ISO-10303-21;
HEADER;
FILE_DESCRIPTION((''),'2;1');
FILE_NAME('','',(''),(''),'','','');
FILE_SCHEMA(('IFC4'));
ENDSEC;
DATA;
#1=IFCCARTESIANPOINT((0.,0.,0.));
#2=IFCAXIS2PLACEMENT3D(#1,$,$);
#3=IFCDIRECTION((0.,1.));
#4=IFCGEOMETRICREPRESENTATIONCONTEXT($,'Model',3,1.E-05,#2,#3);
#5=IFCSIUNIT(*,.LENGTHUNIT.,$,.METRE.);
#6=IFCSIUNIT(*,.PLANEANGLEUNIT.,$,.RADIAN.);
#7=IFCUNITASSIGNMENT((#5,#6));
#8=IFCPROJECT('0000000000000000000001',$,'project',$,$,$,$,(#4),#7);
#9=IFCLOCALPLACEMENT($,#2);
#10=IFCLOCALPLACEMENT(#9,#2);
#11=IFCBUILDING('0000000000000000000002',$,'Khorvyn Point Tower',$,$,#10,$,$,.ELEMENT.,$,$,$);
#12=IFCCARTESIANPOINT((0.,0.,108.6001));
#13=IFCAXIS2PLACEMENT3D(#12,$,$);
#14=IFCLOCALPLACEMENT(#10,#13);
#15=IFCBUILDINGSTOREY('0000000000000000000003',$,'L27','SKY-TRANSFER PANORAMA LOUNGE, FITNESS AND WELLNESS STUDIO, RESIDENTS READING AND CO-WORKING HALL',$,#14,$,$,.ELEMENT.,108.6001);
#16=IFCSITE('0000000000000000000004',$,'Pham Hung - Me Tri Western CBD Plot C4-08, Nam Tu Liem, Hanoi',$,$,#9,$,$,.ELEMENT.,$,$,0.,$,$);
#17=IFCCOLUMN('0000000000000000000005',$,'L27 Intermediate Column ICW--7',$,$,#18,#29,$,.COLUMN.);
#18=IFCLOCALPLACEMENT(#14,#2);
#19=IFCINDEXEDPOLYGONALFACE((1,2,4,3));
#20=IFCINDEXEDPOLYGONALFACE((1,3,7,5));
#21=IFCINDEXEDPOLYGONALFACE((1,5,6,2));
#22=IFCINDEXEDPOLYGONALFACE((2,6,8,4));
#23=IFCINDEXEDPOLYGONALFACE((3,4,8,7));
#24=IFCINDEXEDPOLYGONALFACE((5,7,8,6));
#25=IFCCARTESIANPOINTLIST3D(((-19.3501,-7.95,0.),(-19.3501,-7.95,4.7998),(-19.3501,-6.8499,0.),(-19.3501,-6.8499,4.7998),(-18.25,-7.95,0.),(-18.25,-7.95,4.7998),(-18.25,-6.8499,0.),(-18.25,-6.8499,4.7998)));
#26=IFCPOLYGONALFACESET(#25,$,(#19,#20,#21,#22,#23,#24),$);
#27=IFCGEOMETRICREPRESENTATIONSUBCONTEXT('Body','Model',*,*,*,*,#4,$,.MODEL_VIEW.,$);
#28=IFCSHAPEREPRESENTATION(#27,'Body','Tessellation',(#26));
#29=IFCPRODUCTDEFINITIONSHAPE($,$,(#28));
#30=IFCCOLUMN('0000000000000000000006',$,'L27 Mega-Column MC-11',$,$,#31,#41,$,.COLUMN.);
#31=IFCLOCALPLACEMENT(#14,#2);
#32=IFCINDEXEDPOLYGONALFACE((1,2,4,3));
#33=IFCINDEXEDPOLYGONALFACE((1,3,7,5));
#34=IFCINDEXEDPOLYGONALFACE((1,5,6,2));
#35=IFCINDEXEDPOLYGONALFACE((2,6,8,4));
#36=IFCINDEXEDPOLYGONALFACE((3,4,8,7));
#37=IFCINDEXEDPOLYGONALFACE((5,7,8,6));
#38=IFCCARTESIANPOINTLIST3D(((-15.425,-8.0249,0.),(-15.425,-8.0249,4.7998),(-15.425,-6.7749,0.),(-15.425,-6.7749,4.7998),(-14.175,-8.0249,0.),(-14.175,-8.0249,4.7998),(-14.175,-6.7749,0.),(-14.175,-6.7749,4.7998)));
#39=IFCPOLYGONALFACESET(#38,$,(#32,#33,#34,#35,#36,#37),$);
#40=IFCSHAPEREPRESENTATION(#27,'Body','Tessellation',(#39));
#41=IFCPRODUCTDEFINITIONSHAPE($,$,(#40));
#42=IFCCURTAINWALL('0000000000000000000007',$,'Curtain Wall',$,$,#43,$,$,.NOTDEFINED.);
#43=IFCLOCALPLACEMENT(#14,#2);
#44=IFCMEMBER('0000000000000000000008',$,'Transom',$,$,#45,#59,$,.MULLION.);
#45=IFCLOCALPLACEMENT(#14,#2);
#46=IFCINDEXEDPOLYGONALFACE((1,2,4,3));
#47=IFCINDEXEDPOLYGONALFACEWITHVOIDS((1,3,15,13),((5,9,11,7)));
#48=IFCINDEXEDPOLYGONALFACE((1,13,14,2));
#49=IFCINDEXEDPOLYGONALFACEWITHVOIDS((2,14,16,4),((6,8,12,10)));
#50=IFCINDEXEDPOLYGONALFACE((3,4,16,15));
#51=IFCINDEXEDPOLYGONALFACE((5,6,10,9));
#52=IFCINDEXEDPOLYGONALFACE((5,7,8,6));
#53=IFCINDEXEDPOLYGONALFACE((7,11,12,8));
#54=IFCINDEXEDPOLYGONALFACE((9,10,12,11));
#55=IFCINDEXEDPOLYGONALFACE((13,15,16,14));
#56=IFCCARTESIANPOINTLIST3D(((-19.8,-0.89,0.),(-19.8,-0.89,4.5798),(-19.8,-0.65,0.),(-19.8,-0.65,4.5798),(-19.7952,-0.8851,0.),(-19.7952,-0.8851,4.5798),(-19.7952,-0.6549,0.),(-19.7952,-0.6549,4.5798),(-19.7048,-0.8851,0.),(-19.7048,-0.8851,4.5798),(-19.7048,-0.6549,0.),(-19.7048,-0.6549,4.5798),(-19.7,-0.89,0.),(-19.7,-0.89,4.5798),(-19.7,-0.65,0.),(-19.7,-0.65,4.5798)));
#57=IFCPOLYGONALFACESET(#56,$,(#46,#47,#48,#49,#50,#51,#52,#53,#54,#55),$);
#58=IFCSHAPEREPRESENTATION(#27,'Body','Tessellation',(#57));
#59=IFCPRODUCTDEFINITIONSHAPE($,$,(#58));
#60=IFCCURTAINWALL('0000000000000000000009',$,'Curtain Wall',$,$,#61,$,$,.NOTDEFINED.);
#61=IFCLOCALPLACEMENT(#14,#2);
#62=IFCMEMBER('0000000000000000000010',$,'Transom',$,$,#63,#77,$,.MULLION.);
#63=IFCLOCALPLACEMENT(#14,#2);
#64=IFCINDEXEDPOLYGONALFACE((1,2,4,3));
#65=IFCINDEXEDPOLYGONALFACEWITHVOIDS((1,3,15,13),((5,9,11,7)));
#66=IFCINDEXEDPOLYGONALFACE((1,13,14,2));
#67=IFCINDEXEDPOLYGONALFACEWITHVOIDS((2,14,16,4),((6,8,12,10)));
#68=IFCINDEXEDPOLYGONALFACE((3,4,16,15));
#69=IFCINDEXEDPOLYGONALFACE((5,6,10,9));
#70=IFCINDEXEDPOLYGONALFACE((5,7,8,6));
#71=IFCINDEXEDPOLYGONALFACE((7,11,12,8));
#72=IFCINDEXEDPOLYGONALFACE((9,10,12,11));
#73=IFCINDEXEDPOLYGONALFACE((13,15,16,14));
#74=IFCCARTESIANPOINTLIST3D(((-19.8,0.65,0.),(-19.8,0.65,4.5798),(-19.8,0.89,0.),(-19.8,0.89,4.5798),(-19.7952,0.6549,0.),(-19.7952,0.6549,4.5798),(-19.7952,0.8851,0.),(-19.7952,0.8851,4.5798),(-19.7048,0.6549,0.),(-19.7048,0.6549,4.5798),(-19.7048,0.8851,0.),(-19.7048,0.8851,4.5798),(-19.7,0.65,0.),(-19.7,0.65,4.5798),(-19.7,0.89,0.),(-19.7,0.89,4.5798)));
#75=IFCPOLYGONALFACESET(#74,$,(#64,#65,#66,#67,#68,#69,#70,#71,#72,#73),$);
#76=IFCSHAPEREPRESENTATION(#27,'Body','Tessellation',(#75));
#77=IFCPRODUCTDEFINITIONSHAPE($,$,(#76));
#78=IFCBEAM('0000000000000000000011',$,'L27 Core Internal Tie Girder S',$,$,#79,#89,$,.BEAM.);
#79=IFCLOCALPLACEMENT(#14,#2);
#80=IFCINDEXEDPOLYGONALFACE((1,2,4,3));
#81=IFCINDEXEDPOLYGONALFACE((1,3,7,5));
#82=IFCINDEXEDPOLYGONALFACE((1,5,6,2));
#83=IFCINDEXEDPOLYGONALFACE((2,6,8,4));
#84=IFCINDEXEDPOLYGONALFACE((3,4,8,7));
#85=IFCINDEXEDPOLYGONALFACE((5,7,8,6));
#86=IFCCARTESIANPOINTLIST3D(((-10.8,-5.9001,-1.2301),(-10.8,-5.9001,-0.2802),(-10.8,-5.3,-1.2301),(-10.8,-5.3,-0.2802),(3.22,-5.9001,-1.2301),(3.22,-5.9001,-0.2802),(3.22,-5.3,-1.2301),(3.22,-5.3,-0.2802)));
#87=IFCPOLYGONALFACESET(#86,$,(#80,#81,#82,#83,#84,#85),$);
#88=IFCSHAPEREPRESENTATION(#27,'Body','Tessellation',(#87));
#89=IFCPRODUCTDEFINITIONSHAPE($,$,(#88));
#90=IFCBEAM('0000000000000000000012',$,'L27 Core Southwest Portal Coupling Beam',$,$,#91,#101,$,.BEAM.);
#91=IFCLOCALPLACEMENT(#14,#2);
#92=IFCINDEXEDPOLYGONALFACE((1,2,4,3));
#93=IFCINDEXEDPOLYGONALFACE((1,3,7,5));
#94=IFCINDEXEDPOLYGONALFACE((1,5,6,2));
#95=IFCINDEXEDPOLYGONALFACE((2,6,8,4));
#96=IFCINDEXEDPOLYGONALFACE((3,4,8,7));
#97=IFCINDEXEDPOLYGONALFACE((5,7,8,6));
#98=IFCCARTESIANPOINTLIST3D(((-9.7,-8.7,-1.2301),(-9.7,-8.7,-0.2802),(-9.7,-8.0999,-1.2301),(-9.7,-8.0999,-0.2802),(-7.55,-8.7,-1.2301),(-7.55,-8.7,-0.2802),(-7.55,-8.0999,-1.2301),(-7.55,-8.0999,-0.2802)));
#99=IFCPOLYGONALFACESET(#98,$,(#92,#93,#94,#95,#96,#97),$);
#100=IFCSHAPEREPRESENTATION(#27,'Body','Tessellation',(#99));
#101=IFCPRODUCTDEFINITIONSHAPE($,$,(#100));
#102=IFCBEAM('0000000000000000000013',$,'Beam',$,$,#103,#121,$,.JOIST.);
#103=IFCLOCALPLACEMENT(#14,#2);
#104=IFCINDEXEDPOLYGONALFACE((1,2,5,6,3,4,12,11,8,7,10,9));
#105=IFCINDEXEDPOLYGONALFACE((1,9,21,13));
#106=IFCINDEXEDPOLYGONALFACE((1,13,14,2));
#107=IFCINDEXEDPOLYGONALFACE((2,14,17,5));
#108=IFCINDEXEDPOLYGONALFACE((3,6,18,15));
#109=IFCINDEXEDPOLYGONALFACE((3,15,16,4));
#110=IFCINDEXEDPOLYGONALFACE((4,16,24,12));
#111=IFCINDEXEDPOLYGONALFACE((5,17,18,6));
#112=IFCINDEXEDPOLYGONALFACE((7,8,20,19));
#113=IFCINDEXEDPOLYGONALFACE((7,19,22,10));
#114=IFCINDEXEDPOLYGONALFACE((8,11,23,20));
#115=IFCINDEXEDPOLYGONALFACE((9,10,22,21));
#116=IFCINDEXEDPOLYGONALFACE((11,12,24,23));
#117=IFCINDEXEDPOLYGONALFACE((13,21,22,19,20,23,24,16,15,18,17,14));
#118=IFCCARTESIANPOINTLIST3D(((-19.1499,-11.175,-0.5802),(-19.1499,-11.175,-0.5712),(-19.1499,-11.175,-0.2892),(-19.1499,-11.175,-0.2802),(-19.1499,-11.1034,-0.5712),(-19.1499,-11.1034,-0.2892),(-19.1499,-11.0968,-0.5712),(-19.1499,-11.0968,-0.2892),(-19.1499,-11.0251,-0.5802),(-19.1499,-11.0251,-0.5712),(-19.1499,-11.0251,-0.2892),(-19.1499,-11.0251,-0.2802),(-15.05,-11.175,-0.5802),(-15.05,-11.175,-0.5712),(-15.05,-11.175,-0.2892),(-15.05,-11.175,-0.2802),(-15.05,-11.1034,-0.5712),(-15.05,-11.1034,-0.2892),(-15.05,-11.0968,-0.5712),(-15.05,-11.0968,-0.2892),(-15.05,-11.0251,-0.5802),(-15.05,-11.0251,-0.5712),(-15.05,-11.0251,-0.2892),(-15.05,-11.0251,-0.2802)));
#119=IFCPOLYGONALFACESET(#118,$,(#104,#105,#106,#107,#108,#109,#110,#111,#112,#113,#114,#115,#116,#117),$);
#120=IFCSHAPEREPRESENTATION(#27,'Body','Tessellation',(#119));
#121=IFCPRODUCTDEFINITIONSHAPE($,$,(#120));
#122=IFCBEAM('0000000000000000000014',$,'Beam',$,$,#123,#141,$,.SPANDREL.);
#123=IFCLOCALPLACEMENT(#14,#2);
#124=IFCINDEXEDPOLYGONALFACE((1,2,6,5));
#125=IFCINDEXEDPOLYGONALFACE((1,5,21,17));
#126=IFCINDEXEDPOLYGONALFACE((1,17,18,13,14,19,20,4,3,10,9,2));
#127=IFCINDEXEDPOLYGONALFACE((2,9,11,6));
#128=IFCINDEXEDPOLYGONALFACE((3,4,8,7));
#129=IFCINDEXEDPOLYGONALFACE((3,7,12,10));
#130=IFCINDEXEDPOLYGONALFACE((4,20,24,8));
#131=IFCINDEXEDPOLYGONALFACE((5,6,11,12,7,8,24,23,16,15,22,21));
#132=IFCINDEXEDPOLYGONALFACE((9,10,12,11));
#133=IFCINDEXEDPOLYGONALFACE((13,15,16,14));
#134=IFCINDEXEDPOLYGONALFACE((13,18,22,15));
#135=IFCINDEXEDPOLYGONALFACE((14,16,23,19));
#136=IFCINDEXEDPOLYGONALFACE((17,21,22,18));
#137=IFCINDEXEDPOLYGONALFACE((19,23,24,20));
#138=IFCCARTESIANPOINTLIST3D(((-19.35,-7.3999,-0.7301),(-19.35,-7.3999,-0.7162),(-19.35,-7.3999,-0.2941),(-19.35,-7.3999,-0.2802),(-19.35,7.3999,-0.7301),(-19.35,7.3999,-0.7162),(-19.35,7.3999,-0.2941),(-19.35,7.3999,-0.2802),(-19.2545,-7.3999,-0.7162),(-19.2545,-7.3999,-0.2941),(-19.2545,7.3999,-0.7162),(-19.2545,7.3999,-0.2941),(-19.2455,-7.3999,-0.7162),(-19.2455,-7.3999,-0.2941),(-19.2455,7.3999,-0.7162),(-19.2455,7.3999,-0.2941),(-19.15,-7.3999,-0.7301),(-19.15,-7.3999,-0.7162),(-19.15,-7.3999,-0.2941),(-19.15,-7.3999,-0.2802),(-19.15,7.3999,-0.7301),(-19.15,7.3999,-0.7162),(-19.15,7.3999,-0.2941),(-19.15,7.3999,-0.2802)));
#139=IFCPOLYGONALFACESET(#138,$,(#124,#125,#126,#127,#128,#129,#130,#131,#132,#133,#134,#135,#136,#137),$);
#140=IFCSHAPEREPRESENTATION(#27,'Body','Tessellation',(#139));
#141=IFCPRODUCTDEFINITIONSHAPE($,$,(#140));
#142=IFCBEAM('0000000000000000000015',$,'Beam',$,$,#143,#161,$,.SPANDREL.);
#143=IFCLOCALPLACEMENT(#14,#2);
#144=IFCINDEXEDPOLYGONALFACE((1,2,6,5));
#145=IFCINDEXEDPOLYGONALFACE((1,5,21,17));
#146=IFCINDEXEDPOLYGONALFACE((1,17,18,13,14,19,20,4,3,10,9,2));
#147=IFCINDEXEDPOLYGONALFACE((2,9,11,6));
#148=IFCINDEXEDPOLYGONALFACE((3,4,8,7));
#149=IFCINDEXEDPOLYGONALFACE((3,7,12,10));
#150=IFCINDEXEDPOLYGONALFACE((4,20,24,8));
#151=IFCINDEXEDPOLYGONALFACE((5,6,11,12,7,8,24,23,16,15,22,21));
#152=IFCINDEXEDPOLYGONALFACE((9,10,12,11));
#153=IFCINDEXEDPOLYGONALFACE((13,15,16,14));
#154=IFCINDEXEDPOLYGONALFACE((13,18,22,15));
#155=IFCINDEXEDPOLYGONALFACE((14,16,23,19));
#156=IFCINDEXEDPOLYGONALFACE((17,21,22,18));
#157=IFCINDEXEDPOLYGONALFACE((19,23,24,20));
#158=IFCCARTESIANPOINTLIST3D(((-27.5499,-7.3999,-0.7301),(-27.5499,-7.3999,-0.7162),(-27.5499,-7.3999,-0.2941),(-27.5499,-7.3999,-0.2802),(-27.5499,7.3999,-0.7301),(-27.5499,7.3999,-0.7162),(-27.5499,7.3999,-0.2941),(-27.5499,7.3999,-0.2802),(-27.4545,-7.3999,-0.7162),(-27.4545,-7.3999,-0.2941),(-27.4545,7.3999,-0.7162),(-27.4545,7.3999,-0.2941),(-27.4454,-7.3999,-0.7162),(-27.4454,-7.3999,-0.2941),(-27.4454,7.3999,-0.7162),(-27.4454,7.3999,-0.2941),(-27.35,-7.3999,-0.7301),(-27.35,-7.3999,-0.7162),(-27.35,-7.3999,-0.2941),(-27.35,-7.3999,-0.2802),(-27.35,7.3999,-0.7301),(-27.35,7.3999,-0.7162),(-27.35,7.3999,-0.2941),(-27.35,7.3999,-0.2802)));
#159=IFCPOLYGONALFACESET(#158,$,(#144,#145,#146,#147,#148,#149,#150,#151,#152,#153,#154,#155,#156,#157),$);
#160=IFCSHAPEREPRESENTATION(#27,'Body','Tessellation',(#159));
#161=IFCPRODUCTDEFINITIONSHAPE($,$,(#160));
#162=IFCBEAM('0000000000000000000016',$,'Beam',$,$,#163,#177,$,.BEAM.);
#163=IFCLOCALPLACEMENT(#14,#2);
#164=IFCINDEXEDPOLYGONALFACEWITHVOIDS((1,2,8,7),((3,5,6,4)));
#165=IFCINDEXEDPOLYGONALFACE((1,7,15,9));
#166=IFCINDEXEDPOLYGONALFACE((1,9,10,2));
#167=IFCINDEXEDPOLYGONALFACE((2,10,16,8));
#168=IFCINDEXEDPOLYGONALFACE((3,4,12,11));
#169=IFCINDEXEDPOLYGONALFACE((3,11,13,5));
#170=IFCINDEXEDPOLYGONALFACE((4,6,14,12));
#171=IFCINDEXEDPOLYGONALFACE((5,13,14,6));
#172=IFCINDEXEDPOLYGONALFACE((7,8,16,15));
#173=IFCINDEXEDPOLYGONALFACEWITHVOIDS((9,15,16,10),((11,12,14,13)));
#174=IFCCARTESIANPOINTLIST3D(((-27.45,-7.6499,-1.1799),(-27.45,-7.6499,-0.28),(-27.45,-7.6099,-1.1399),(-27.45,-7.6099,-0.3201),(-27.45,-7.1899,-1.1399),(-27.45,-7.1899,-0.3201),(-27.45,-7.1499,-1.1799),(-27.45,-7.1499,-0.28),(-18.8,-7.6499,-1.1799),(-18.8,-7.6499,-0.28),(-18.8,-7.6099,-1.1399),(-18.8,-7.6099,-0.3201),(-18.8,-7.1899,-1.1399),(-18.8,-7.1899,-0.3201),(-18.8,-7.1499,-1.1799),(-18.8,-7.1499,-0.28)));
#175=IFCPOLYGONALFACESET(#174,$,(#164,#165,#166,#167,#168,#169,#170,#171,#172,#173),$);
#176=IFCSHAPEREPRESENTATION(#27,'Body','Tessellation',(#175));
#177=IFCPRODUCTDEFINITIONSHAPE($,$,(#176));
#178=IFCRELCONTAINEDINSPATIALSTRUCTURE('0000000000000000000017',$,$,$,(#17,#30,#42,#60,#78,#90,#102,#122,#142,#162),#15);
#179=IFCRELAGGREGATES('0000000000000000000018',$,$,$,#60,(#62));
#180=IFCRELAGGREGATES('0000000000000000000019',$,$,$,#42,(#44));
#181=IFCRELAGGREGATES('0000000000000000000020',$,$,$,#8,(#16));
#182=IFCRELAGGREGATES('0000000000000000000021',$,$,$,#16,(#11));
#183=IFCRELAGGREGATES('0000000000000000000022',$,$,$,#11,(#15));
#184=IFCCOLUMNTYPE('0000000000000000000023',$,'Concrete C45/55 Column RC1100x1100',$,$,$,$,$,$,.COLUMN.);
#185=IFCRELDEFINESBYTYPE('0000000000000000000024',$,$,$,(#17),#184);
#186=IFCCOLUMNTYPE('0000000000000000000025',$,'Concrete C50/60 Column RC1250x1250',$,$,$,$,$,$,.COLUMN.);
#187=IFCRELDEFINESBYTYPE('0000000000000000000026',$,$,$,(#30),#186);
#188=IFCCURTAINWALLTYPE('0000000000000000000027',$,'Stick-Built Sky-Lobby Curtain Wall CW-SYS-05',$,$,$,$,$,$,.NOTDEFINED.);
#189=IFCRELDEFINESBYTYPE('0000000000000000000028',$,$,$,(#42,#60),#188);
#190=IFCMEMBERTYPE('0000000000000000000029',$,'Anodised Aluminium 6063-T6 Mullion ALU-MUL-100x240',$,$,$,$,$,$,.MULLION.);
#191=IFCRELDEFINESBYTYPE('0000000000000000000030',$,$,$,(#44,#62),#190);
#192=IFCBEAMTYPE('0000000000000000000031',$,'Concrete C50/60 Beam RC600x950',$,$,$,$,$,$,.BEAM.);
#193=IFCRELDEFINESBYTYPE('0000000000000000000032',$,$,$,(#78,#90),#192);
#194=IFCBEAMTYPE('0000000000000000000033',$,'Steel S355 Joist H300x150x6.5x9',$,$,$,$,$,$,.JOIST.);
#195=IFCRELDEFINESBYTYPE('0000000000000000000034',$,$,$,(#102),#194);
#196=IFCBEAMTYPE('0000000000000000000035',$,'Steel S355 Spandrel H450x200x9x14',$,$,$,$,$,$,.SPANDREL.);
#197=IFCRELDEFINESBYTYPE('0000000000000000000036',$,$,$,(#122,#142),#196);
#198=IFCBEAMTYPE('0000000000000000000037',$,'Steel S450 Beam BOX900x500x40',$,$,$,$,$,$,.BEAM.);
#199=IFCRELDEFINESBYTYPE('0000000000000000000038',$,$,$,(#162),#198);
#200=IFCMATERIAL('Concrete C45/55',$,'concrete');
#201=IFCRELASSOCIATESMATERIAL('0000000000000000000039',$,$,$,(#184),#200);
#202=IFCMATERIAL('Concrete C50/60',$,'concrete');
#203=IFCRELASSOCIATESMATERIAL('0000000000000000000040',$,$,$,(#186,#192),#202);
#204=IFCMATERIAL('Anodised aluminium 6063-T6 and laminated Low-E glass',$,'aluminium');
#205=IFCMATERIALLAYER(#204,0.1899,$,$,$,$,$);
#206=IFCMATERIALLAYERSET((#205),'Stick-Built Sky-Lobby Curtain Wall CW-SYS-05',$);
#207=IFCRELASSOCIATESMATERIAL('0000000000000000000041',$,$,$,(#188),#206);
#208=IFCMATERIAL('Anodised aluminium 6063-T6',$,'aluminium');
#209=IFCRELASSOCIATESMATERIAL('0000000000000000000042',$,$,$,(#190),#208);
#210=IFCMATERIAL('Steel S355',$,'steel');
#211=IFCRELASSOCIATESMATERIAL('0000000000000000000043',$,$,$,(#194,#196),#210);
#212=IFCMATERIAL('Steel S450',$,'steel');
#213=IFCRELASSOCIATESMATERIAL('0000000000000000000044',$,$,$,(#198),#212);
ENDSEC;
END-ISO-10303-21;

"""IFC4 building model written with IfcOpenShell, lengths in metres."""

from ifc_helpers import new_model, si_unit, direction, frame, origin, origin_2d, place, context, subcontext, project, spatial, rectangle, hollow_rectangle, i_section, extrude, material, layer, layer_set, material_profile, profile_set, type_object, element, aggregate, save


model = new_model("IFC4")

# Units and contexts
model_context = context("Model", 3, precision=1e-05, world=origin(), true_north=direction((0.0, 1.0)))
body_context = subcontext(model_context, "Body", "Model", "MODEL_VIEW")
ifc_project = project(units=[si_unit("LENGTHUNIT", "METRE"), si_unit("PLANEANGLEUNIT", "RADIAN")], contexts=[model_context])

# Site, building, storey
site_placement = place(None, origin())
site = spatial("IfcSite", under=ifc_project, at=site_placement, Name="Pham Hung - Me Tri Western CBD Plot C4-08, Nam Tu Liem, Hanoi", CompositionType="ELEMENT", RefElevation=0.0)
building_placement = place(site_placement, origin())
building = spatial("IfcBuilding", under=site, at=building_placement, Name="Khorvyn Point Tower", CompositionType="ELEMENT")
storey_placement = place(building_placement, frame((0.0, 0.0, 108.6001)))
storey = spatial("IfcBuildingStorey", under=building, at=storey_placement, Name="L27", Description="SKY-TRANSFER PANORAMA LOUNGE, FITNESS AND WELLNESS STUDIO, RESIDENTS READING AND CO-WORKING HALL", CompositionType="ELEMENT", Elevation=108.6001)

# Columns
ifc_material_1 = material(Name="Concrete C45/55", Category="concrete")
ifc_material_profile_1 = material_profile(ifc_material_1, rectangle(XDim=1.1001, YDim=1.1001, at=origin_2d()))
ifc_profile_set_1 = profile_set([ifc_material_profile_1], Name="Concrete C45/55 RC1100x1100")
column_type_1 = type_object("IfcColumnType", Name="Concrete C45/55 Column RC1100x1100", PredefinedType="COLUMN", material=ifc_profile_set_1)
column_1_placement = place(storey_placement, frame((-18.8, -7.3999, 0.0), z_axis=(0.0, 0.0, 1.0), x_axis=(1.0, 0.0, 0.0)))
element("IfcColumn", 1, at=column_1_placement, inside=storey, type_object=column_type_1, Name="L27 Intermediate Column ICW--7", PredefinedType="COLUMN", context=body_context, shape_type="SweptSolid", body=[
    extrude(rectangle(XDim=1.1001, YDim=1.1001, at=origin_2d()), origin(), (0.0, 0.0, 1.0), 4.7998),
])
ifc_material_2 = material(Name="Concrete C50/60", Category="concrete")
ifc_material_profile_2 = material_profile(ifc_material_2, rectangle(XDim=1.25, YDim=1.25, at=origin_2d()))
ifc_profile_set_2 = profile_set([ifc_material_profile_2], Name="Concrete C50/60 RC1250x1250")
column_type_2 = type_object("IfcColumnType", Name="Concrete C50/60 Column RC1250x1250", PredefinedType="COLUMN", material=ifc_profile_set_2)
column_2_placement = place(storey_placement, frame((-14.8, -7.3999, 0.0), z_axis=(0.0, 0.0, 1.0), x_axis=(1.0, 0.0, 0.0)))
element("IfcColumn", 2, at=column_2_placement, inside=storey, type_object=column_type_2, Name="L27 Mega-Column MC-11", PredefinedType="COLUMN", context=body_context, shape_type="SweptSolid", body=[
    extrude(rectangle(XDim=1.25, YDim=1.25, at=origin_2d()), origin(), (0.0, 0.0, 1.0), 4.7998),
])

# Curtain walls, members
ifc_material_3 = material(Name="Anodised aluminium 6063-T6 and laminated Low-E glass", Category="aluminium")
ifc_layer_1 = layer(ifc_material_3, 0.1899)
ifc_layer_set_1 = layer_set([ifc_layer_1], Name="Stick-Built Sky-Lobby Curtain Wall CW-SYS-05")
curtain_wall_type = type_object("IfcCurtainWallType", Name="Stick-Built Sky-Lobby Curtain Wall CW-SYS-05", PredefinedType="NOTDEFINED", material=ifc_layer_set_1)
curtain_wall_1_placement = place(storey_placement, origin())
curtain_wall_1 = element("IfcCurtainWall", 3, at=curtain_wall_1_placement, inside=storey, type_object=curtain_wall_type, Name="Curtain Wall", PredefinedType="NOTDEFINED")
ifc_material_4 = material(Name="Anodised aluminium 6063-T6", Category="aluminium")
ifc_material_profile_3 = material_profile(ifc_material_4, hollow_rectangle(XDim=0.1001, YDim=0.24, WallThickness=0.0049, at=origin_2d()))
ifc_profile_set_3 = profile_set([ifc_material_profile_3], Name="Anodised aluminium 6063-T6 ALU-MUL-100x240")
member_type = type_object("IfcMemberType", Name="Anodised Aluminium 6063-T6 Mullion ALU-MUL-100x240", PredefinedType="MULLION", material=ifc_profile_set_3)
member_1_placement = place(storey_placement, frame((-19.75, -0.77, 0.0), z_axis=(0.0, 0.0, 1.0), x_axis=(-1.0, 0.0, 0.0)))
member_1 = element("IfcMember", 4, at=member_1_placement, type_object=member_type, Name="Transom", PredefinedType="MULLION", context=body_context, shape_type="SweptSolid", body=[
    extrude(hollow_rectangle(XDim=0.1001, YDim=0.24, WallThickness=0.0049, at=origin_2d()), origin(), (0.0, 0.0, 1.0), 4.5798),
])
curtain_wall_2_placement = place(storey_placement, origin())
curtain_wall_2 = element("IfcCurtainWall", 5, at=curtain_wall_2_placement, inside=storey, type_object=curtain_wall_type, Name="Curtain Wall", PredefinedType="NOTDEFINED")
member_2_placement = place(storey_placement, frame((-19.75, 0.77, 0.0), z_axis=(0.0, 0.0, 1.0), x_axis=(-1.0, 0.0, 0.0)))
member_2 = element("IfcMember", 6, at=member_2_placement, type_object=member_type, Name="Transom", PredefinedType="MULLION", context=body_context, shape_type="SweptSolid", body=[
    extrude(hollow_rectangle(XDim=0.1001, YDim=0.24, WallThickness=0.0049, at=origin_2d()), origin(), (0.0, 0.0, 1.0), 4.5798),
])
aggregate(curtain_wall_2, [member_2])

# Beams
ifc_material_profile_4 = material_profile(ifc_material_2, rectangle(XDim=0.6001, YDim=0.95, at=origin_2d()))
ifc_profile_set_4 = profile_set([ifc_material_profile_4], Name="Concrete C50/60 RC600x950")
beam_type_1 = type_object("IfcBeamType", Name="Concrete C50/60 Beam RC600x950", PredefinedType="BEAM", material=ifc_profile_set_4)
beam_1_placement = place(storey_placement, frame((-10.8, -5.6001, -0.7551), z_axis=(1.0, 0.0, 0.0), x_axis=(0.0, 1.0, 0.0)))
element("IfcBeam", 7, at=beam_1_placement, inside=storey, type_object=beam_type_1, Name="L27 Core Internal Tie Girder S", PredefinedType="BEAM", context=body_context, shape_type="SweptSolid", body=[
    extrude(rectangle(XDim=0.6001, YDim=0.95, at=origin_2d()), origin(), (0.0, 0.0, 1.0), 14.02),
])
beam_2_placement = place(storey_placement, frame((-9.7, -8.3999, -0.7551), z_axis=(1.0, 0.0, 0.0), x_axis=(0.0, 1.0, 0.0)))
element("IfcBeam", 8, at=beam_2_placement, inside=storey, type_object=beam_type_1, Name="L27 Core Southwest Portal Coupling Beam", PredefinedType="BEAM", context=body_context, shape_type="SweptSolid", body=[
    extrude(rectangle(XDim=0.6001, YDim=0.95, at=origin_2d()), origin(), (0.0, 0.0, 1.0), 2.1499),
])
ifc_material_5 = material(Name="Steel S355", Category="steel")
ifc_material_profile_5 = material_profile(ifc_material_5, i_section(OverallWidth=0.1499, OverallDepth=0.3, WebThickness=0.0066, FlangeThickness=0.009, at=origin_2d()))
ifc_profile_set_5 = profile_set([ifc_material_profile_5], Name="Steel S355 H300x150x6.5x9")
beam_type_2 = type_object("IfcBeamType", Name="Steel S355 Joist H300x150x6.5x9", PredefinedType="JOIST", material=ifc_profile_set_5)
beam_3_placement = place(storey_placement, frame((-19.1499, -11.1001, -0.4302), z_axis=(1.0, 0.0, 0.0), x_axis=(0.0, 1.0, 0.0)))
element("IfcBeam", 9, at=beam_3_placement, inside=storey, type_object=beam_type_2, Name="Beam", PredefinedType="JOIST", context=body_context, shape_type="SweptSolid", body=[
    extrude(i_section(OverallWidth=0.1499, OverallDepth=0.3, WebThickness=0.0066, FlangeThickness=0.009, at=origin_2d()), origin(), (0.0, 0.0, 1.0), 4.0999),
])
ifc_material_profile_6 = material_profile(ifc_material_5, i_section(OverallWidth=0.2, OverallDepth=0.45, WebThickness=0.009, FlangeThickness=0.0139, at=origin_2d()))
ifc_profile_set_6 = profile_set([ifc_material_profile_6], Name="Steel S355 H450x200x9x14")
beam_type_3 = type_object("IfcBeamType", Name="Steel S355 Spandrel H450x200x9x14", PredefinedType="SPANDREL", material=ifc_profile_set_6)
for number, where, z_axis, x_axis, name in (
    (10, (-19.25, -7.3999, -0.5051), (0.0, 1.0, 0.0), (-1.0, 0.0, 0.0), "Beam"),
    (11, (-27.45, -7.3999, -0.5051), (0.0, 1.0, 0.0), (-1.0, 0.0, 0.0), "Beam"),
):
    element("IfcBeam", number, at=place(storey_placement, frame(where, z_axis=z_axis, x_axis=x_axis)), inside=storey, type_object=beam_type_3, Name=name, PredefinedType="SPANDREL", context=body_context, shape_type="SweptSolid", body=[
        extrude(i_section(OverallWidth=0.2, OverallDepth=0.45, WebThickness=0.009, FlangeThickness=0.0139, at=origin_2d()), origin(), (0.0, 0.0, 1.0), 14.7998),
    ])
ifc_material_6 = material(Name="Steel S450", Category="steel")
ifc_material_profile_7 = material_profile(ifc_material_6, hollow_rectangle(XDim=0.5, YDim=0.8999, WallThickness=0.04, at=origin_2d()))
ifc_profile_set_7 = profile_set([ifc_material_profile_7], Name="Steel S450 BOX900x500x40")
beam_type_4 = type_object("IfcBeamType", Name="Steel S450 Beam BOX900x500x40", PredefinedType="BEAM", material=ifc_profile_set_7)
beam_4_placement = place(storey_placement, frame((-27.45, -7.3999, -0.73), z_axis=(1.0, 0.0, 0.0), x_axis=(0.0, 1.0, 0.0)))
element("IfcBeam", 12, at=beam_4_placement, inside=storey, type_object=beam_type_4, Name="Beam", PredefinedType="BEAM", context=body_context, shape_type="SweptSolid", body=[
    extrude(hollow_rectangle(XDim=0.5, YDim=0.8999, WallThickness=0.04, at=origin_2d()), origin(), (0.0, 0.0, 1.0), 8.6499),
])

aggregate(curtain_wall_1, [member_1])

save(model, "model.ifc")
